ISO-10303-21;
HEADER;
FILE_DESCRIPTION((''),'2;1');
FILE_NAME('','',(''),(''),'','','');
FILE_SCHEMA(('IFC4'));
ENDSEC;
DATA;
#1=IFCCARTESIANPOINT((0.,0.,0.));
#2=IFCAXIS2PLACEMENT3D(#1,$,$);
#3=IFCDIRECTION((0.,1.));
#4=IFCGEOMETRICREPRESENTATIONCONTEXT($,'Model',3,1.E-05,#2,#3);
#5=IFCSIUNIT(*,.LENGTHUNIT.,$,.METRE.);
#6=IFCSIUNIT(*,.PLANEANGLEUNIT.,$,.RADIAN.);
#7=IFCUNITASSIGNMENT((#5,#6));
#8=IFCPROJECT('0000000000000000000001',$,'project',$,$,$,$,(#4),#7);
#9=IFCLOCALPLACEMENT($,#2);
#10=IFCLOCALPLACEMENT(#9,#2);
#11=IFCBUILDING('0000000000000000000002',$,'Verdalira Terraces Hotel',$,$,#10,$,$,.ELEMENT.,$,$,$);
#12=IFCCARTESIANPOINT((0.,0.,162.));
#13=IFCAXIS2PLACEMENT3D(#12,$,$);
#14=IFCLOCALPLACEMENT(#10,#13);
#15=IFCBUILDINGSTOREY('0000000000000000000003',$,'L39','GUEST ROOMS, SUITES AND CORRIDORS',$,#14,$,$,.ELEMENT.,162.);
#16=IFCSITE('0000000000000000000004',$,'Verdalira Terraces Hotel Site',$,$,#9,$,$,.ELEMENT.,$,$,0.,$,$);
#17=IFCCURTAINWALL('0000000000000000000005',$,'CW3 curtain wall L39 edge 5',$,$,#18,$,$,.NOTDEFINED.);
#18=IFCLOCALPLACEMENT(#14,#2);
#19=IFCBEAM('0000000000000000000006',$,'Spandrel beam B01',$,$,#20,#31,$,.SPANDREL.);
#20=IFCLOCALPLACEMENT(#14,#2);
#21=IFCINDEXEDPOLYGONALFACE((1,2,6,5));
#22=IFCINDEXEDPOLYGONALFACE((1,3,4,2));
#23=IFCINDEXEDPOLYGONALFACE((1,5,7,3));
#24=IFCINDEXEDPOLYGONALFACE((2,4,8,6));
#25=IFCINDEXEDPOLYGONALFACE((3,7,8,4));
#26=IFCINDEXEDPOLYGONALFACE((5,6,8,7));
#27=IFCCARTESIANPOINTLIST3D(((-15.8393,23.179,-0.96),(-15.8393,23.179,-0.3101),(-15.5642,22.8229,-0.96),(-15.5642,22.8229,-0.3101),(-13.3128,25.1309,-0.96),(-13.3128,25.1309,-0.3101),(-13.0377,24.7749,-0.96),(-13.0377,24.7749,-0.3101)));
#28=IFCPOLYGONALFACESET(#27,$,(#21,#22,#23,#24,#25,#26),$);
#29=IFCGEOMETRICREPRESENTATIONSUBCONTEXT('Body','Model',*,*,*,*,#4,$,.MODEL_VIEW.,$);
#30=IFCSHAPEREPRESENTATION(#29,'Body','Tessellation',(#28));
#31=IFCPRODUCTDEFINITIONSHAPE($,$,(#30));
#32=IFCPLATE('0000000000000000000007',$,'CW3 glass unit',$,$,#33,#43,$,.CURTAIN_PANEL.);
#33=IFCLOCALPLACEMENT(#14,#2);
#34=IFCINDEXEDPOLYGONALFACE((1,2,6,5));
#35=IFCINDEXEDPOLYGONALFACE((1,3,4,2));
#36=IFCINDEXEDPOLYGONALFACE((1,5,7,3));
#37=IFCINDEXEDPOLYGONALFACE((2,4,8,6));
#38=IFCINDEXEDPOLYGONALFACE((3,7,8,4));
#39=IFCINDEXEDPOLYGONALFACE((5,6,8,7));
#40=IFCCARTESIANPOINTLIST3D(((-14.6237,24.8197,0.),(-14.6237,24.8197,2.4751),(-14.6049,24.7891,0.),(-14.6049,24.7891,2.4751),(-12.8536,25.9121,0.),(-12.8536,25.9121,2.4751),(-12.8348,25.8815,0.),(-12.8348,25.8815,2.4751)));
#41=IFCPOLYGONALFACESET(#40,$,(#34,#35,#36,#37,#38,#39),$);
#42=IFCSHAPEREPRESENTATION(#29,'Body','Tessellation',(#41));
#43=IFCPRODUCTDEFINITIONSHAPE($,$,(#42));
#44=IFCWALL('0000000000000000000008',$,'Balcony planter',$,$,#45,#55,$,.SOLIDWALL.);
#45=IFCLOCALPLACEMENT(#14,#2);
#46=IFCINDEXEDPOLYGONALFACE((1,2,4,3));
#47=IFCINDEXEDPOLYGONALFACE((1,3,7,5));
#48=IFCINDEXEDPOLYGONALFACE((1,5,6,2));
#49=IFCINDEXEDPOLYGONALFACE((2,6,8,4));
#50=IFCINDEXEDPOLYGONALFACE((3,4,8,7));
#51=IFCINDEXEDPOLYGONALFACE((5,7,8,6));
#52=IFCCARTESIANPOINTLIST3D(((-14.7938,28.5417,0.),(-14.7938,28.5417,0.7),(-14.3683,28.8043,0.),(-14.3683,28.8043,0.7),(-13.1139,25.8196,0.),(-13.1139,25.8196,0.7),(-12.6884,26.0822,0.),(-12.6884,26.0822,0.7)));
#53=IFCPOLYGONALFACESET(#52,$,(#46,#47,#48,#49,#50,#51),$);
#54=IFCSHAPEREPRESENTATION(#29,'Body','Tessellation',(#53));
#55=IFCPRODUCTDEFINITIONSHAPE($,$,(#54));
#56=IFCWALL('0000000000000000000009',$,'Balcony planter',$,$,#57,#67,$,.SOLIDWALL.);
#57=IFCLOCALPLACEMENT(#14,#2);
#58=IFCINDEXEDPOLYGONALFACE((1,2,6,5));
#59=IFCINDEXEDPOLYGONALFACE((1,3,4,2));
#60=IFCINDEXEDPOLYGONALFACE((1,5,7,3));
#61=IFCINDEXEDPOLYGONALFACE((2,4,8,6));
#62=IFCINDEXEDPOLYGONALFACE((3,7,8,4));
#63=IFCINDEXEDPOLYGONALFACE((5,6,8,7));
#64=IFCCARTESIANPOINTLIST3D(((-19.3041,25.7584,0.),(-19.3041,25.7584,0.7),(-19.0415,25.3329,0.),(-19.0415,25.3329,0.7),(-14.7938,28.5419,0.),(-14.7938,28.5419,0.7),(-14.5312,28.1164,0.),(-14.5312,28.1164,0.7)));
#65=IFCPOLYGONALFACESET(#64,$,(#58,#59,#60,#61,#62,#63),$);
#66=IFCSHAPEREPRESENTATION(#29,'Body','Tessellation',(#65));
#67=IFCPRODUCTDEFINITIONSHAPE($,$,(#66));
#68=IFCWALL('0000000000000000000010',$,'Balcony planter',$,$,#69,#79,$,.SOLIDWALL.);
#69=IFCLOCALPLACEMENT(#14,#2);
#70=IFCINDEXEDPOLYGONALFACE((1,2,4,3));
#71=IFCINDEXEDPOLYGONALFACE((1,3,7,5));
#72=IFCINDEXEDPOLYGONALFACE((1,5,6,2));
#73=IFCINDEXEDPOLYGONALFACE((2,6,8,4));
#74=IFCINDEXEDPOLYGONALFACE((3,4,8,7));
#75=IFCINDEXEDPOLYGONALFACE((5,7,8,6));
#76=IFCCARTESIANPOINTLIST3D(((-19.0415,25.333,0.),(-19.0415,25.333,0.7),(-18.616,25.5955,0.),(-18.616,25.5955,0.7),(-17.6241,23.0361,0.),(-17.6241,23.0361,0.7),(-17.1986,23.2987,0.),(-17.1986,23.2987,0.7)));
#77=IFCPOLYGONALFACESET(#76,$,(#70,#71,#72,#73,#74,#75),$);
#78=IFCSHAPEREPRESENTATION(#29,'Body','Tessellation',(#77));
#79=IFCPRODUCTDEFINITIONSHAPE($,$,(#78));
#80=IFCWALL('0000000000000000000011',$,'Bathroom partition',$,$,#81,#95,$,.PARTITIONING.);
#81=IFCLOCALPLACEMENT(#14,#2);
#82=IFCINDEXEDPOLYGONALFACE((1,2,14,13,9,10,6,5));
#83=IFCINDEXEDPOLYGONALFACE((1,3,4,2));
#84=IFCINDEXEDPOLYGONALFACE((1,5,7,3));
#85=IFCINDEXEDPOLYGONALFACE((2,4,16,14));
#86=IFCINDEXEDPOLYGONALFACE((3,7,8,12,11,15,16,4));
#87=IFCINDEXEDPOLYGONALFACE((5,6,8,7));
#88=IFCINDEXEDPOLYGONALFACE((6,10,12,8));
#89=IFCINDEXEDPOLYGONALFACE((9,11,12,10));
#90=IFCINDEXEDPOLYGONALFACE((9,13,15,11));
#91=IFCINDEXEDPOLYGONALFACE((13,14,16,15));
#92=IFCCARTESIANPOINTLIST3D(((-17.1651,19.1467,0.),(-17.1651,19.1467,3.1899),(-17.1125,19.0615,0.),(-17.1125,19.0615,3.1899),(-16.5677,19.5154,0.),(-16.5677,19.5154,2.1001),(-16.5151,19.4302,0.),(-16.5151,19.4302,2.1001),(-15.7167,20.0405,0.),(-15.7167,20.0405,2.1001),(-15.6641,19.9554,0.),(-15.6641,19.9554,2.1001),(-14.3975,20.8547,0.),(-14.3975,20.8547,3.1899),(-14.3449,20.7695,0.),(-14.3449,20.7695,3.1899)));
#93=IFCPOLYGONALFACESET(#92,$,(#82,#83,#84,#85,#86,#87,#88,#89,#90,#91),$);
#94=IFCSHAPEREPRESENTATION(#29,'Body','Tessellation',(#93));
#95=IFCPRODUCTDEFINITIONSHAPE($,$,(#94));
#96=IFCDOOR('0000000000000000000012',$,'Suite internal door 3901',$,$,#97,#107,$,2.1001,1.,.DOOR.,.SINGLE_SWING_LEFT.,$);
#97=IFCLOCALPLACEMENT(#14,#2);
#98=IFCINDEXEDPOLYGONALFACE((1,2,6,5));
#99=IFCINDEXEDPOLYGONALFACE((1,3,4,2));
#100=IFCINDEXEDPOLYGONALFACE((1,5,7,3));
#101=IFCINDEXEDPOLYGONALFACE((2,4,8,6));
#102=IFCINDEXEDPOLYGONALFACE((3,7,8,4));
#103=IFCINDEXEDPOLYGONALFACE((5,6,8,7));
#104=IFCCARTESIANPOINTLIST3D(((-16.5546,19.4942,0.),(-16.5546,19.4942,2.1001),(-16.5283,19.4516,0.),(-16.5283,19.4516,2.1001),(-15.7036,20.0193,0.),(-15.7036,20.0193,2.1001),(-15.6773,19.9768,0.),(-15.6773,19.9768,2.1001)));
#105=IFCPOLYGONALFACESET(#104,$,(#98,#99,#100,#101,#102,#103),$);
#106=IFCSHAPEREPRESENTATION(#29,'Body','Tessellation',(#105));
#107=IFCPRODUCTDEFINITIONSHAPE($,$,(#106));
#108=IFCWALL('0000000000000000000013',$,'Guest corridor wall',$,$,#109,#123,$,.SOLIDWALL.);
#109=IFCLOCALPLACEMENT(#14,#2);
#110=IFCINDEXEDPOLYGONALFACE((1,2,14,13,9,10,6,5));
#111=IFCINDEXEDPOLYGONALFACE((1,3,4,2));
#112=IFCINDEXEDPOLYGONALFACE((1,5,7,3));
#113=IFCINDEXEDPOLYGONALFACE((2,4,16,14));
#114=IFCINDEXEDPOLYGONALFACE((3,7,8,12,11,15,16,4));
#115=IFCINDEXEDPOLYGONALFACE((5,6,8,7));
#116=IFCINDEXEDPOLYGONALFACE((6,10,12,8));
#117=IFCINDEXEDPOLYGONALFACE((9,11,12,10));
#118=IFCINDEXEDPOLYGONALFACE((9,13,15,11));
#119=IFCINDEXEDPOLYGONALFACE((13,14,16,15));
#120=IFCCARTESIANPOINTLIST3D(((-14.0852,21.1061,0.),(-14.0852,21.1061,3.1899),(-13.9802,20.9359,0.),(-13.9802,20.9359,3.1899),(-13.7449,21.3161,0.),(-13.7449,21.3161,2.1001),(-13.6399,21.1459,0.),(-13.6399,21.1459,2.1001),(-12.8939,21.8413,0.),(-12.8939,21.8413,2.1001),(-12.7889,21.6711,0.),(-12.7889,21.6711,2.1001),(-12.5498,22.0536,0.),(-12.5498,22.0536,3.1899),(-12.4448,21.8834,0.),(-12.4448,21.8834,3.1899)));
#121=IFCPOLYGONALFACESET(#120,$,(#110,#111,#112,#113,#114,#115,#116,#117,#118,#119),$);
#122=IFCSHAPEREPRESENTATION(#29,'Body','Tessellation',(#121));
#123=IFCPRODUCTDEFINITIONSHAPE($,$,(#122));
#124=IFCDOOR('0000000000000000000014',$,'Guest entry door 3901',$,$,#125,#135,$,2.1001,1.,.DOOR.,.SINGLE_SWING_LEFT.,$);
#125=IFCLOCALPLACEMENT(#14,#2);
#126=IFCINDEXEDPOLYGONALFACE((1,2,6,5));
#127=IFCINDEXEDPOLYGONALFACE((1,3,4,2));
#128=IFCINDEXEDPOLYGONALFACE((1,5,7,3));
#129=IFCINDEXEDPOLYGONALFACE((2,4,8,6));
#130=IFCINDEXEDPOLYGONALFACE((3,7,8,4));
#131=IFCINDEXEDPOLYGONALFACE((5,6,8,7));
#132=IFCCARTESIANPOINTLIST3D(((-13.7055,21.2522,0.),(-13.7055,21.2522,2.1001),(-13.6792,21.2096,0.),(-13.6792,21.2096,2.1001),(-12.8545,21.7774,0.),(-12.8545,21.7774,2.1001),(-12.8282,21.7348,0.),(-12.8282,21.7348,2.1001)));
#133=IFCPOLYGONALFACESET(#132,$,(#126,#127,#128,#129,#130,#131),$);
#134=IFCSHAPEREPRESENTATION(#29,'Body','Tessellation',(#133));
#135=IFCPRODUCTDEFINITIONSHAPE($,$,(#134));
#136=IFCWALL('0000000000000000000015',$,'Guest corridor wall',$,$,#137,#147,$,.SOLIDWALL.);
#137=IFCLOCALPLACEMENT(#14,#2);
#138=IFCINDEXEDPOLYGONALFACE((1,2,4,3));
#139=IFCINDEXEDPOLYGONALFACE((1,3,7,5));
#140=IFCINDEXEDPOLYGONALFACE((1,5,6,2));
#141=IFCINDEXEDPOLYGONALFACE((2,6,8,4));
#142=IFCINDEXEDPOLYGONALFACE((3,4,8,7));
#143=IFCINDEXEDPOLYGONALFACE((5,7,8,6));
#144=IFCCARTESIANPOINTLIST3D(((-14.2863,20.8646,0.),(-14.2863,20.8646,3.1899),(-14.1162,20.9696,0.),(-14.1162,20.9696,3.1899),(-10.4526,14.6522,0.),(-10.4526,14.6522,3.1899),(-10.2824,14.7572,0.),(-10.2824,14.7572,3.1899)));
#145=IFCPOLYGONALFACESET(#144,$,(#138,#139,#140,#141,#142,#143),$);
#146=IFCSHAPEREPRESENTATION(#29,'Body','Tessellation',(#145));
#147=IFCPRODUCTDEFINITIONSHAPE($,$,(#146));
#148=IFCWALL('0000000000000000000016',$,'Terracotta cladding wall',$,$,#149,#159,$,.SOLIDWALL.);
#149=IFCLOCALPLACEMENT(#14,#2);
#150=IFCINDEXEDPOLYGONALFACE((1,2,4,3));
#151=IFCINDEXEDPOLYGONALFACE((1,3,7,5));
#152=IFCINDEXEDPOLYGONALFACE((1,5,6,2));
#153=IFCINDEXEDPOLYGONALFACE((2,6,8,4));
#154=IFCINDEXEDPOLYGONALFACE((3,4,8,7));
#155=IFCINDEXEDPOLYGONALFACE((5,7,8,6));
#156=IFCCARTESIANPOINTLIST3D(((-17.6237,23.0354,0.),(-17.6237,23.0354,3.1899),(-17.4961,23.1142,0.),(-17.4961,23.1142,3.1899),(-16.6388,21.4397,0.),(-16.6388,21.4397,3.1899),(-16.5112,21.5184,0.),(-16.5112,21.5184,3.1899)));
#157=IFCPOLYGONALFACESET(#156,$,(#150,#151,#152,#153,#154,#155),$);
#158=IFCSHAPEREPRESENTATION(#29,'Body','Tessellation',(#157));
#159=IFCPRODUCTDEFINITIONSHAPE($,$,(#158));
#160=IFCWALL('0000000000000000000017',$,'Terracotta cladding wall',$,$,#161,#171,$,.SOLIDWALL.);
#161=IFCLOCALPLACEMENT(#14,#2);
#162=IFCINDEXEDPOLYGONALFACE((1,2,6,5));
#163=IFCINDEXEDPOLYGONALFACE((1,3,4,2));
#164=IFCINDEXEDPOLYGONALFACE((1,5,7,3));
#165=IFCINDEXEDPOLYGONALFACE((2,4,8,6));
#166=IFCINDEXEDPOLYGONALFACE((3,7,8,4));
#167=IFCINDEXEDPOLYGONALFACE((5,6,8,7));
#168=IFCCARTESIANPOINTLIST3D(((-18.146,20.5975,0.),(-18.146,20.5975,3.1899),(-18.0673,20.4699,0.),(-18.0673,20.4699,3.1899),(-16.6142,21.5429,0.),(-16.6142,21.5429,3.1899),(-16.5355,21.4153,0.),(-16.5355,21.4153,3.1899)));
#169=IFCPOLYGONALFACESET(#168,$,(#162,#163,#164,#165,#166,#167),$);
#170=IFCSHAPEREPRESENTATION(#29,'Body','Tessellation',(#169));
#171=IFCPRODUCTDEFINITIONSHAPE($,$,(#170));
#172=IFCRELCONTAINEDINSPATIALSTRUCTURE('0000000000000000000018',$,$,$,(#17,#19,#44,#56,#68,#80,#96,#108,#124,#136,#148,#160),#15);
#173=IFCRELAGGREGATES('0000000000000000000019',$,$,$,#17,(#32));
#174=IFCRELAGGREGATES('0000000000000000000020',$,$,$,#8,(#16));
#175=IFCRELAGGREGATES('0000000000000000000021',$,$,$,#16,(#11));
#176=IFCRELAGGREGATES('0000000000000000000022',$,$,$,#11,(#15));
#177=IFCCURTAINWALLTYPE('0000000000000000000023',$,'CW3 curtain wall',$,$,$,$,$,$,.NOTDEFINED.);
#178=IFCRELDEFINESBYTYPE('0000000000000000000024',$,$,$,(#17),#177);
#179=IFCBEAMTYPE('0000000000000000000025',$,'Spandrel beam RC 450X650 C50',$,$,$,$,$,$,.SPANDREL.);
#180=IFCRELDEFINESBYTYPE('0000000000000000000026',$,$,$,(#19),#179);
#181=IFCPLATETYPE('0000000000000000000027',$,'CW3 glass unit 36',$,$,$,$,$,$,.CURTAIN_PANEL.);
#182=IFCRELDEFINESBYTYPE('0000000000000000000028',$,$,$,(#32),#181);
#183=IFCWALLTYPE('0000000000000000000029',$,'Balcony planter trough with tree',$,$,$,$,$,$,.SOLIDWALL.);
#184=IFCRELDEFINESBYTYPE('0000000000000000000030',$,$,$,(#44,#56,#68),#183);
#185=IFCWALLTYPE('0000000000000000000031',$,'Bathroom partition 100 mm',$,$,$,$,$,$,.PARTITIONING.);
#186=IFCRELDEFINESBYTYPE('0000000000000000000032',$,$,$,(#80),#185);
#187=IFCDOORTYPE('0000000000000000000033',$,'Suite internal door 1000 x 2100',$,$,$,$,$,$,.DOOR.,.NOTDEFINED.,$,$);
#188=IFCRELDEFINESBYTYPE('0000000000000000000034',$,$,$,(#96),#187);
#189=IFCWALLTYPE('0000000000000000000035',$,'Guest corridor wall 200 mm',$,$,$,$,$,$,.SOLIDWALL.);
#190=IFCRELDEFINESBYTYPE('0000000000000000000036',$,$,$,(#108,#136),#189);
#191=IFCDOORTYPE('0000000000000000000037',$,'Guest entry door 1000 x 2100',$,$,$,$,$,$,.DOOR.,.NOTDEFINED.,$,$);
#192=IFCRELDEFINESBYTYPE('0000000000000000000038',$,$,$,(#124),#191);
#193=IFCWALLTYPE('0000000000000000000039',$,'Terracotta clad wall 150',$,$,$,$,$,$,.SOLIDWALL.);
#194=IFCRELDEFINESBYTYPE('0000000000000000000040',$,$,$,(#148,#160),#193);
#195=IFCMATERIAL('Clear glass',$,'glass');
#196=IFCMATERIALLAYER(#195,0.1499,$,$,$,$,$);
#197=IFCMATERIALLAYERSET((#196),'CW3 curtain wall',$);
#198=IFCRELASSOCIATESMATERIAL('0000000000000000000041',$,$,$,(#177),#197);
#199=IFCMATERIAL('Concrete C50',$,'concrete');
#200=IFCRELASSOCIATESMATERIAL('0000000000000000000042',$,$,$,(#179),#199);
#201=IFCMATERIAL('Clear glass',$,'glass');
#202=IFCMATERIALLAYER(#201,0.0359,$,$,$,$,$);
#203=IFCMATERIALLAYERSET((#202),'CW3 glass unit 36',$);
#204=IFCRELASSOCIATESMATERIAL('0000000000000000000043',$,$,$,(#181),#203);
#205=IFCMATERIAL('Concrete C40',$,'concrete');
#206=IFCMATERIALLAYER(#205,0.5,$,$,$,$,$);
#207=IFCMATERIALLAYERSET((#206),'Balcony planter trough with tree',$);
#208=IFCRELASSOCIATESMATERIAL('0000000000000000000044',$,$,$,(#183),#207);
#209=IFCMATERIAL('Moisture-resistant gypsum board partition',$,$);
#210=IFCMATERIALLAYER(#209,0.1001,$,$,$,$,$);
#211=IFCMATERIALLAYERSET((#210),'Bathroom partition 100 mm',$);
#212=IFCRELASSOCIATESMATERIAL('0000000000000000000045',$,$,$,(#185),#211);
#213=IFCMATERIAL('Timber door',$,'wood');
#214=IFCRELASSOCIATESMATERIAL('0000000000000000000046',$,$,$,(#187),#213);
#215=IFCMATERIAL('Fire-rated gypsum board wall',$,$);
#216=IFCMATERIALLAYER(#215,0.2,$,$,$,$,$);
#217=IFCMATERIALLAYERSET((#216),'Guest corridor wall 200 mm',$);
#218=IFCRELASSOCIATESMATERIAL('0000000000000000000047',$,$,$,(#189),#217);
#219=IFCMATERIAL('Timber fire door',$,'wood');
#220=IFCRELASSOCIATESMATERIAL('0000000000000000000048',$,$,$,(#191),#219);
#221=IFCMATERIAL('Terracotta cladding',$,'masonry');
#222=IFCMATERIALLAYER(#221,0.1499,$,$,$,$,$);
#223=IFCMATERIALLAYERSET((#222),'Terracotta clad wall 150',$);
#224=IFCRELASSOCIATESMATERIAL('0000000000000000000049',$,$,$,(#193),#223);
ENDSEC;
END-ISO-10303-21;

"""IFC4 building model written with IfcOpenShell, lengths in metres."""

from ifc_helpers import new_model, si_unit, direction, frame, frame_2d, origin, origin_2d, place, context, subcontext, project, spatial, rectangle, extrude, material, layer, layer_set, material_profile, profile_set, type_object, element, fill, aggregate, save


model = new_model("IFC4")

# Units and contexts
model_context = context("Model", 3, precision=1e-05, world=origin(), true_north=direction((0.0, 1.0)))
body_context = subcontext(model_context, "Body", "Model", "MODEL_VIEW")
ifc_project = project(units=[si_unit("LENGTHUNIT", "METRE"), si_unit("PLANEANGLEUNIT", "RADIAN")], contexts=[model_context])

# Site, building, storey
site_placement = place(None, origin())
site = spatial("IfcSite", under=ifc_project, at=site_placement, Name="Verdalira Terraces Hotel Site", CompositionType="ELEMENT", RefElevation=0.0)
building_placement = place(site_placement, origin())
building = spatial("IfcBuilding", under=site, at=building_placement, Name="Verdalira Terraces Hotel", CompositionType="ELEMENT")
storey_placement = place(building_placement, frame((0.0, 0.0, 162.0)))
storey = spatial("IfcBuildingStorey", under=building, at=storey_placement, Name="L39", Description="GUEST ROOMS, SUITES AND CORRIDORS", CompositionType="ELEMENT", Elevation=162.0)

# Curtain wall
ifc_material_1 = material(Name="Clear glass", Category="glass")
ifc_layer_1 = layer(ifc_material_1, 0.1499)
ifc_layer_set_1 = layer_set([ifc_layer_1], Name="CW3 curtain wall")
curtain_wall_type_1 = type_object("IfcCurtainWallType", Name="CW3 curtain wall", PredefinedType="NOTDEFINED", material=ifc_layer_set_1)
curtain_wall_1_placement = place(storey_placement, origin())
curtain_wall_1 = element("IfcCurtainWall", 1, at=curtain_wall_1_placement, inside=storey, type_object=curtain_wall_type_1, Name="CW3 curtain wall L39 edge 5", PredefinedType="NOTDEFINED")

# Beam
ifc_material_2 = material(Name="Concrete C50", Category="concrete")
ifc_material_profile_1 = material_profile(ifc_material_2, rectangle(XDim=0.45, YDim=0.6499, at=origin_2d()), Name="RC 450X650")
ifc_profile_set_1 = profile_set([ifc_material_profile_1], Name="Concrete C50")
beam_type_1 = type_object("IfcBeamType", Name="Spandrel beam RC 450X650 C50", PredefinedType="SPANDREL", material=ifc_profile_set_1)
beam_1_placement = place(storey_placement, frame((-13.1753, 24.9529, -0.635), z_axis=(-0.791329, -0.611391, 0.0), x_axis=(0.611391, -0.791329, 0.0)))
element("IfcBeam", 2, at=beam_1_placement, inside=storey, type_object=beam_type_1, Name="Spandrel beam B01", PredefinedType="SPANDREL", context=body_context, shape_type="SweptSolid", body=[
    extrude(rectangle(XDim=0.45, YDim=0.6499, at=origin_2d()), origin(), (0.0, 0.0, 1.0), 3.1926),
])

# Plate
ifc_material_3 = material(Name="Clear glass", Category="glass")
ifc_layer_2 = layer(ifc_material_3, 0.0359)
ifc_layer_set_2 = layer_set([ifc_layer_2], Name="CW3 glass unit 36")
plate_type = type_object("IfcPlateType", Name="CW3 glass unit 36", PredefinedType="CURTAIN_PANEL", material=ifc_layer_set_2)
plate_placement = place(storey_placement, frame((-13.7292, 25.3506, 0.0), z_axis=(0.0, 0.0, 1.0), x_axis=(-0.850994, -0.525175, 0.0)))
plate = element("IfcPlate", 3, at=plate_placement, type_object=plate_type, Name="CW3 glass unit", PredefinedType="CURTAIN_PANEL", context=body_context, shape_type="SweptSolid", body=[
    extrude(rectangle(XDim=2.0801, YDim=0.0359, at=origin_2d()), origin(), (0.0, 0.0, 1.0), 2.4751),
])
aggregate(curtain_wall_1, [plate])

# Walls
ifc_material_4 = material(Name="Concrete C40", Category="concrete")
ifc_layer_3 = layer(ifc_material_4, 0.5)
ifc_layer_set_3 = layer_set([ifc_layer_3], Name="Balcony planter trough with tree")
wall_type_1 = type_object("IfcWallType", Name="Balcony planter trough with tree", PredefinedType="SOLIDWALL", material=ifc_layer_set_3)
wall_1_placement = place(storey_placement, frame((-12.9011, 25.9509, 0.0), z_axis=(0.0, 0.0, 1.0), x_axis=(-0.525174, 0.850995, 0.0)))
element("IfcWall", 4, at=wall_1_placement, inside=storey, type_object=wall_type_1, Name="Balcony planter", PredefinedType="SOLIDWALL", context=body_context, shape_type="SweptSolid", body=[
    extrude(rectangle(XDim=3.1987, YDim=0.5, at=frame_2d((1.5994, 0.0))), origin(), (0.0, 0.0, 1.0), 0.7),
])
wall_2_placement = place(storey_placement, frame((-14.6626, 28.3291, 0.0), z_axis=(0.0, 0.0, 1.0), x_axis=(-0.850992, -0.525179, 0.0)))
element("IfcWall", 5, at=wall_2_placement, inside=storey, type_object=wall_type_1, Name="Balcony planter", PredefinedType="SOLIDWALL", context=body_context, shape_type="SweptSolid", body=[
    extrude(rectangle(XDim=5.3, YDim=0.5, at=frame_2d((2.6499, 0.0))), origin(), (0.0, 0.0, 1.0), 0.7),
])
wall_3_placement = place(storey_placement, frame((-18.8289, 25.4644, 0.0), z_axis=(0.0, 0.0, 1.0), x_axis=(0.525177, -0.850993, 0.0)))
element("IfcWall", 6, at=wall_3_placement, inside=storey, type_object=wall_type_1, Name="Balcony planter", PredefinedType="SOLIDWALL", context=body_context, shape_type="SweptSolid", body=[
    extrude(rectangle(XDim=2.699, YDim=0.5, at=frame_2d((1.3496, 0.0))), origin(), (0.0, 0.0, 1.0), 0.7),
])

# Walls, openings, doors
ifc_material_5 = material(Name="Moisture-resistant gypsum board partition")
ifc_layer_4 = layer(ifc_material_5, 0.1001)
ifc_layer_set_4 = layer_set([ifc_layer_4], Name="Bathroom partition 100 mm")
wall_type_2 = type_object("IfcWallType", Name="Bathroom partition 100 mm", PredefinedType="PARTITIONING", material=ifc_layer_set_4)
wall_4_placement = place(storey_placement, frame((-14.3713, 20.812, 0.0), z_axis=(0.0, 0.0, 1.0), x_axis=(-0.850987, -0.525186, 0.0)))
wall_4 = element("IfcWall", 7, at=wall_4_placement, inside=storey, type_object=wall_type_2, Name="Bathroom partition", PredefinedType="PARTITIONING", context=body_context, shape_type="SweptSolid", body=[
    extrude(rectangle(XDim=3.2522, YDim=0.1001, at=frame_2d((1.626, 0.0))), origin(), (0.0, 0.0, 1.0), 3.1899),
])
opening_1_placement = place(wall_4_placement, frame((1.55, 0.0, 0.0)))
opening_1 = element("IfcOpeningElement", 8, at=opening_1_placement, cuts=wall_4, PredefinedType="OPENING", context=body_context, shape_type="SweptSolid", body=[
    extrude(rectangle(XDim=1.0, YDim=2.1001, at=frame_2d((0.5, 1.05))), frame((0.0, 0.0601, 0.0), z_axis=(0.0, -1.0, 0.0), x_axis=(1.0, 0.0, 0.0)), (0.0, 0.0, 1.0), 0.1201),
])
ifc_material_6 = material(Name="Timber door", Category="wood")
door_type_1 = type_object("IfcDoorType", Name="Suite internal door 1000 x 2100", OperationType="NOTDEFINED", PredefinedType="DOOR", material=ifc_material_6)
door_1_placement = place(opening_1_placement, origin())
door_1 = element("IfcDoor", 9, at=door_1_placement, inside=storey, type_object=door_type_1, Name="Suite internal door 3901", OperationType="SINGLE_SWING_LEFT", OverallHeight=2.1001, OverallWidth=1.0, PredefinedType="DOOR", context=body_context, shape_type="SweptSolid", body=[
    extrude(rectangle(XDim=1.0, YDim=2.1001, at=frame_2d((0.5, 1.05))), frame((0.0, 0.0249, 0.0), z_axis=(0.0, -1.0, 0.0), x_axis=(1.0, 0.0, 0.0)), (0.0, 0.0, 1.0), 0.05),
])
fill(opening_1, door_1)
ifc_material_7 = material(Name="Fire-rated gypsum board wall")
ifc_layer_5 = layer(ifc_material_7, 0.2)
ifc_layer_set_5 = layer_set([ifc_layer_5], Name="Guest corridor wall 200 mm")
wall_type_3 = type_object("IfcWallType", Name="Guest corridor wall 200 mm", PredefinedType="SOLIDWALL", material=ifc_layer_set_5)
wall_5_placement = place(storey_placement, frame((-14.0327, 21.021, 0.0), z_axis=(0.0, 0.0, 1.0), x_axis=(0.851003, 0.525162, 0.0)))
wall_5 = element("IfcWall", 10, at=wall_5_placement, inside=storey, type_object=wall_type_3, Name="Guest corridor wall", PredefinedType="SOLIDWALL", context=body_context, shape_type="SweptSolid", body=[
    extrude(rectangle(XDim=1.8042, YDim=0.2, at=frame_2d((0.9021, 0.0))), origin(), (0.0, 0.0, 1.0), 3.1899),
])
opening_2_placement = place(wall_5_placement, frame((0.3999, 0.0, 0.0)))
opening_2 = element("IfcOpeningElement", 11, at=opening_2_placement, cuts=wall_5, PredefinedType="OPENING", context=body_context, shape_type="SweptSolid", body=[
    extrude(rectangle(XDim=1.0, YDim=2.1001, at=frame_2d((0.5, 1.05))), frame((0.0, 0.1099, 0.0), z_axis=(0.0, -1.0, 0.0), x_axis=(1.0, 0.0, 0.0)), (0.0, 0.0, 1.0), 0.22),
])
ifc_material_8 = material(Name="Timber fire door", Category="wood")
door_type_2 = type_object("IfcDoorType", Name="Guest entry door 1000 x 2100", OperationType="NOTDEFINED", PredefinedType="DOOR", material=ifc_material_8)
door_2_placement = place(opening_2_placement, origin())
door_2 = element("IfcDoor", 12, at=door_2_placement, inside=storey, type_object=door_type_2, Name="Guest entry door 3901", OperationType="SINGLE_SWING_LEFT", OverallHeight=2.1001, OverallWidth=1.0, PredefinedType="DOOR", context=body_context, shape_type="SweptSolid", body=[
    extrude(rectangle(XDim=1.0, YDim=2.1001, at=frame_2d((0.5, 1.05))), frame((0.0, 0.0249, 0.0), z_axis=(0.0, -1.0, 0.0), x_axis=(1.0, 0.0, 0.0)), (0.0, 0.0, 1.0), 0.05),
])
fill(opening_2, door_2)

# Walls
wall_6_placement = place(storey_placement, frame((-14.2012, 20.917, 0.0), z_axis=(0.0, 0.0, 1.0), x_axis=(0.525162, -0.851002, 0.0)))
element("IfcWall", 13, at=wall_6_placement, inside=storey, type_object=wall_type_3, Name="Guest corridor wall", PredefinedType="SOLIDWALL", context=body_context, shape_type="SweptSolid", body=[
    extrude(rectangle(XDim=7.3, YDim=0.2, at=frame_2d((3.6499, 0.0))), origin(), (0.0, 0.0, 1.0), 3.1899),
])
ifc_material_9 = material(Name="Terracotta cladding", Category="masonry")
ifc_layer_6 = layer(ifc_material_9, 0.1499)
ifc_layer_set_6 = layer_set([ifc_layer_6], Name="Terracotta clad wall 150")
wall_type_4 = type_object("IfcWallType", Name="Terracotta clad wall 150", PredefinedType="SOLIDWALL", material=ifc_layer_set_6)
wall_7_placement = place(storey_placement, frame((-17.5598, 23.0747, 0.0), z_axis=(0.0, 0.0, 1.0), x_axis=(0.525216, -0.850969, 0.0)))
element("IfcWall", 14, at=wall_7_placement, inside=storey, type_object=wall_type_4, Name="Terracotta cladding wall", PredefinedType="SOLIDWALL", context=body_context, shape_type="SweptSolid", body=[
    extrude(rectangle(XDim=1.8752, YDim=0.1499, at=frame_2d((0.9375, 0.0))), origin(), (0.0, 0.0, 1.0), 3.1899),
])
wall_8_placement = place(storey_placement, frame((-16.575, 21.479, 0.0), z_axis=(0.0, 0.0, 1.0), x_axis=(-0.850987, -0.525187, 0.0)))
element("IfcWall", 15, at=wall_8_placement, inside=storey, type_object=wall_type_4, Name="Terracotta cladding wall", PredefinedType="SOLIDWALL", context=body_context, shape_type="SweptSolid", body=[
    extrude(rectangle(XDim=1.8, YDim=0.1499, at=frame_2d((0.8999, 0.0))), origin(), (0.0, 0.0, 1.0), 3.1899),
])

save(model, "model.ifc")
